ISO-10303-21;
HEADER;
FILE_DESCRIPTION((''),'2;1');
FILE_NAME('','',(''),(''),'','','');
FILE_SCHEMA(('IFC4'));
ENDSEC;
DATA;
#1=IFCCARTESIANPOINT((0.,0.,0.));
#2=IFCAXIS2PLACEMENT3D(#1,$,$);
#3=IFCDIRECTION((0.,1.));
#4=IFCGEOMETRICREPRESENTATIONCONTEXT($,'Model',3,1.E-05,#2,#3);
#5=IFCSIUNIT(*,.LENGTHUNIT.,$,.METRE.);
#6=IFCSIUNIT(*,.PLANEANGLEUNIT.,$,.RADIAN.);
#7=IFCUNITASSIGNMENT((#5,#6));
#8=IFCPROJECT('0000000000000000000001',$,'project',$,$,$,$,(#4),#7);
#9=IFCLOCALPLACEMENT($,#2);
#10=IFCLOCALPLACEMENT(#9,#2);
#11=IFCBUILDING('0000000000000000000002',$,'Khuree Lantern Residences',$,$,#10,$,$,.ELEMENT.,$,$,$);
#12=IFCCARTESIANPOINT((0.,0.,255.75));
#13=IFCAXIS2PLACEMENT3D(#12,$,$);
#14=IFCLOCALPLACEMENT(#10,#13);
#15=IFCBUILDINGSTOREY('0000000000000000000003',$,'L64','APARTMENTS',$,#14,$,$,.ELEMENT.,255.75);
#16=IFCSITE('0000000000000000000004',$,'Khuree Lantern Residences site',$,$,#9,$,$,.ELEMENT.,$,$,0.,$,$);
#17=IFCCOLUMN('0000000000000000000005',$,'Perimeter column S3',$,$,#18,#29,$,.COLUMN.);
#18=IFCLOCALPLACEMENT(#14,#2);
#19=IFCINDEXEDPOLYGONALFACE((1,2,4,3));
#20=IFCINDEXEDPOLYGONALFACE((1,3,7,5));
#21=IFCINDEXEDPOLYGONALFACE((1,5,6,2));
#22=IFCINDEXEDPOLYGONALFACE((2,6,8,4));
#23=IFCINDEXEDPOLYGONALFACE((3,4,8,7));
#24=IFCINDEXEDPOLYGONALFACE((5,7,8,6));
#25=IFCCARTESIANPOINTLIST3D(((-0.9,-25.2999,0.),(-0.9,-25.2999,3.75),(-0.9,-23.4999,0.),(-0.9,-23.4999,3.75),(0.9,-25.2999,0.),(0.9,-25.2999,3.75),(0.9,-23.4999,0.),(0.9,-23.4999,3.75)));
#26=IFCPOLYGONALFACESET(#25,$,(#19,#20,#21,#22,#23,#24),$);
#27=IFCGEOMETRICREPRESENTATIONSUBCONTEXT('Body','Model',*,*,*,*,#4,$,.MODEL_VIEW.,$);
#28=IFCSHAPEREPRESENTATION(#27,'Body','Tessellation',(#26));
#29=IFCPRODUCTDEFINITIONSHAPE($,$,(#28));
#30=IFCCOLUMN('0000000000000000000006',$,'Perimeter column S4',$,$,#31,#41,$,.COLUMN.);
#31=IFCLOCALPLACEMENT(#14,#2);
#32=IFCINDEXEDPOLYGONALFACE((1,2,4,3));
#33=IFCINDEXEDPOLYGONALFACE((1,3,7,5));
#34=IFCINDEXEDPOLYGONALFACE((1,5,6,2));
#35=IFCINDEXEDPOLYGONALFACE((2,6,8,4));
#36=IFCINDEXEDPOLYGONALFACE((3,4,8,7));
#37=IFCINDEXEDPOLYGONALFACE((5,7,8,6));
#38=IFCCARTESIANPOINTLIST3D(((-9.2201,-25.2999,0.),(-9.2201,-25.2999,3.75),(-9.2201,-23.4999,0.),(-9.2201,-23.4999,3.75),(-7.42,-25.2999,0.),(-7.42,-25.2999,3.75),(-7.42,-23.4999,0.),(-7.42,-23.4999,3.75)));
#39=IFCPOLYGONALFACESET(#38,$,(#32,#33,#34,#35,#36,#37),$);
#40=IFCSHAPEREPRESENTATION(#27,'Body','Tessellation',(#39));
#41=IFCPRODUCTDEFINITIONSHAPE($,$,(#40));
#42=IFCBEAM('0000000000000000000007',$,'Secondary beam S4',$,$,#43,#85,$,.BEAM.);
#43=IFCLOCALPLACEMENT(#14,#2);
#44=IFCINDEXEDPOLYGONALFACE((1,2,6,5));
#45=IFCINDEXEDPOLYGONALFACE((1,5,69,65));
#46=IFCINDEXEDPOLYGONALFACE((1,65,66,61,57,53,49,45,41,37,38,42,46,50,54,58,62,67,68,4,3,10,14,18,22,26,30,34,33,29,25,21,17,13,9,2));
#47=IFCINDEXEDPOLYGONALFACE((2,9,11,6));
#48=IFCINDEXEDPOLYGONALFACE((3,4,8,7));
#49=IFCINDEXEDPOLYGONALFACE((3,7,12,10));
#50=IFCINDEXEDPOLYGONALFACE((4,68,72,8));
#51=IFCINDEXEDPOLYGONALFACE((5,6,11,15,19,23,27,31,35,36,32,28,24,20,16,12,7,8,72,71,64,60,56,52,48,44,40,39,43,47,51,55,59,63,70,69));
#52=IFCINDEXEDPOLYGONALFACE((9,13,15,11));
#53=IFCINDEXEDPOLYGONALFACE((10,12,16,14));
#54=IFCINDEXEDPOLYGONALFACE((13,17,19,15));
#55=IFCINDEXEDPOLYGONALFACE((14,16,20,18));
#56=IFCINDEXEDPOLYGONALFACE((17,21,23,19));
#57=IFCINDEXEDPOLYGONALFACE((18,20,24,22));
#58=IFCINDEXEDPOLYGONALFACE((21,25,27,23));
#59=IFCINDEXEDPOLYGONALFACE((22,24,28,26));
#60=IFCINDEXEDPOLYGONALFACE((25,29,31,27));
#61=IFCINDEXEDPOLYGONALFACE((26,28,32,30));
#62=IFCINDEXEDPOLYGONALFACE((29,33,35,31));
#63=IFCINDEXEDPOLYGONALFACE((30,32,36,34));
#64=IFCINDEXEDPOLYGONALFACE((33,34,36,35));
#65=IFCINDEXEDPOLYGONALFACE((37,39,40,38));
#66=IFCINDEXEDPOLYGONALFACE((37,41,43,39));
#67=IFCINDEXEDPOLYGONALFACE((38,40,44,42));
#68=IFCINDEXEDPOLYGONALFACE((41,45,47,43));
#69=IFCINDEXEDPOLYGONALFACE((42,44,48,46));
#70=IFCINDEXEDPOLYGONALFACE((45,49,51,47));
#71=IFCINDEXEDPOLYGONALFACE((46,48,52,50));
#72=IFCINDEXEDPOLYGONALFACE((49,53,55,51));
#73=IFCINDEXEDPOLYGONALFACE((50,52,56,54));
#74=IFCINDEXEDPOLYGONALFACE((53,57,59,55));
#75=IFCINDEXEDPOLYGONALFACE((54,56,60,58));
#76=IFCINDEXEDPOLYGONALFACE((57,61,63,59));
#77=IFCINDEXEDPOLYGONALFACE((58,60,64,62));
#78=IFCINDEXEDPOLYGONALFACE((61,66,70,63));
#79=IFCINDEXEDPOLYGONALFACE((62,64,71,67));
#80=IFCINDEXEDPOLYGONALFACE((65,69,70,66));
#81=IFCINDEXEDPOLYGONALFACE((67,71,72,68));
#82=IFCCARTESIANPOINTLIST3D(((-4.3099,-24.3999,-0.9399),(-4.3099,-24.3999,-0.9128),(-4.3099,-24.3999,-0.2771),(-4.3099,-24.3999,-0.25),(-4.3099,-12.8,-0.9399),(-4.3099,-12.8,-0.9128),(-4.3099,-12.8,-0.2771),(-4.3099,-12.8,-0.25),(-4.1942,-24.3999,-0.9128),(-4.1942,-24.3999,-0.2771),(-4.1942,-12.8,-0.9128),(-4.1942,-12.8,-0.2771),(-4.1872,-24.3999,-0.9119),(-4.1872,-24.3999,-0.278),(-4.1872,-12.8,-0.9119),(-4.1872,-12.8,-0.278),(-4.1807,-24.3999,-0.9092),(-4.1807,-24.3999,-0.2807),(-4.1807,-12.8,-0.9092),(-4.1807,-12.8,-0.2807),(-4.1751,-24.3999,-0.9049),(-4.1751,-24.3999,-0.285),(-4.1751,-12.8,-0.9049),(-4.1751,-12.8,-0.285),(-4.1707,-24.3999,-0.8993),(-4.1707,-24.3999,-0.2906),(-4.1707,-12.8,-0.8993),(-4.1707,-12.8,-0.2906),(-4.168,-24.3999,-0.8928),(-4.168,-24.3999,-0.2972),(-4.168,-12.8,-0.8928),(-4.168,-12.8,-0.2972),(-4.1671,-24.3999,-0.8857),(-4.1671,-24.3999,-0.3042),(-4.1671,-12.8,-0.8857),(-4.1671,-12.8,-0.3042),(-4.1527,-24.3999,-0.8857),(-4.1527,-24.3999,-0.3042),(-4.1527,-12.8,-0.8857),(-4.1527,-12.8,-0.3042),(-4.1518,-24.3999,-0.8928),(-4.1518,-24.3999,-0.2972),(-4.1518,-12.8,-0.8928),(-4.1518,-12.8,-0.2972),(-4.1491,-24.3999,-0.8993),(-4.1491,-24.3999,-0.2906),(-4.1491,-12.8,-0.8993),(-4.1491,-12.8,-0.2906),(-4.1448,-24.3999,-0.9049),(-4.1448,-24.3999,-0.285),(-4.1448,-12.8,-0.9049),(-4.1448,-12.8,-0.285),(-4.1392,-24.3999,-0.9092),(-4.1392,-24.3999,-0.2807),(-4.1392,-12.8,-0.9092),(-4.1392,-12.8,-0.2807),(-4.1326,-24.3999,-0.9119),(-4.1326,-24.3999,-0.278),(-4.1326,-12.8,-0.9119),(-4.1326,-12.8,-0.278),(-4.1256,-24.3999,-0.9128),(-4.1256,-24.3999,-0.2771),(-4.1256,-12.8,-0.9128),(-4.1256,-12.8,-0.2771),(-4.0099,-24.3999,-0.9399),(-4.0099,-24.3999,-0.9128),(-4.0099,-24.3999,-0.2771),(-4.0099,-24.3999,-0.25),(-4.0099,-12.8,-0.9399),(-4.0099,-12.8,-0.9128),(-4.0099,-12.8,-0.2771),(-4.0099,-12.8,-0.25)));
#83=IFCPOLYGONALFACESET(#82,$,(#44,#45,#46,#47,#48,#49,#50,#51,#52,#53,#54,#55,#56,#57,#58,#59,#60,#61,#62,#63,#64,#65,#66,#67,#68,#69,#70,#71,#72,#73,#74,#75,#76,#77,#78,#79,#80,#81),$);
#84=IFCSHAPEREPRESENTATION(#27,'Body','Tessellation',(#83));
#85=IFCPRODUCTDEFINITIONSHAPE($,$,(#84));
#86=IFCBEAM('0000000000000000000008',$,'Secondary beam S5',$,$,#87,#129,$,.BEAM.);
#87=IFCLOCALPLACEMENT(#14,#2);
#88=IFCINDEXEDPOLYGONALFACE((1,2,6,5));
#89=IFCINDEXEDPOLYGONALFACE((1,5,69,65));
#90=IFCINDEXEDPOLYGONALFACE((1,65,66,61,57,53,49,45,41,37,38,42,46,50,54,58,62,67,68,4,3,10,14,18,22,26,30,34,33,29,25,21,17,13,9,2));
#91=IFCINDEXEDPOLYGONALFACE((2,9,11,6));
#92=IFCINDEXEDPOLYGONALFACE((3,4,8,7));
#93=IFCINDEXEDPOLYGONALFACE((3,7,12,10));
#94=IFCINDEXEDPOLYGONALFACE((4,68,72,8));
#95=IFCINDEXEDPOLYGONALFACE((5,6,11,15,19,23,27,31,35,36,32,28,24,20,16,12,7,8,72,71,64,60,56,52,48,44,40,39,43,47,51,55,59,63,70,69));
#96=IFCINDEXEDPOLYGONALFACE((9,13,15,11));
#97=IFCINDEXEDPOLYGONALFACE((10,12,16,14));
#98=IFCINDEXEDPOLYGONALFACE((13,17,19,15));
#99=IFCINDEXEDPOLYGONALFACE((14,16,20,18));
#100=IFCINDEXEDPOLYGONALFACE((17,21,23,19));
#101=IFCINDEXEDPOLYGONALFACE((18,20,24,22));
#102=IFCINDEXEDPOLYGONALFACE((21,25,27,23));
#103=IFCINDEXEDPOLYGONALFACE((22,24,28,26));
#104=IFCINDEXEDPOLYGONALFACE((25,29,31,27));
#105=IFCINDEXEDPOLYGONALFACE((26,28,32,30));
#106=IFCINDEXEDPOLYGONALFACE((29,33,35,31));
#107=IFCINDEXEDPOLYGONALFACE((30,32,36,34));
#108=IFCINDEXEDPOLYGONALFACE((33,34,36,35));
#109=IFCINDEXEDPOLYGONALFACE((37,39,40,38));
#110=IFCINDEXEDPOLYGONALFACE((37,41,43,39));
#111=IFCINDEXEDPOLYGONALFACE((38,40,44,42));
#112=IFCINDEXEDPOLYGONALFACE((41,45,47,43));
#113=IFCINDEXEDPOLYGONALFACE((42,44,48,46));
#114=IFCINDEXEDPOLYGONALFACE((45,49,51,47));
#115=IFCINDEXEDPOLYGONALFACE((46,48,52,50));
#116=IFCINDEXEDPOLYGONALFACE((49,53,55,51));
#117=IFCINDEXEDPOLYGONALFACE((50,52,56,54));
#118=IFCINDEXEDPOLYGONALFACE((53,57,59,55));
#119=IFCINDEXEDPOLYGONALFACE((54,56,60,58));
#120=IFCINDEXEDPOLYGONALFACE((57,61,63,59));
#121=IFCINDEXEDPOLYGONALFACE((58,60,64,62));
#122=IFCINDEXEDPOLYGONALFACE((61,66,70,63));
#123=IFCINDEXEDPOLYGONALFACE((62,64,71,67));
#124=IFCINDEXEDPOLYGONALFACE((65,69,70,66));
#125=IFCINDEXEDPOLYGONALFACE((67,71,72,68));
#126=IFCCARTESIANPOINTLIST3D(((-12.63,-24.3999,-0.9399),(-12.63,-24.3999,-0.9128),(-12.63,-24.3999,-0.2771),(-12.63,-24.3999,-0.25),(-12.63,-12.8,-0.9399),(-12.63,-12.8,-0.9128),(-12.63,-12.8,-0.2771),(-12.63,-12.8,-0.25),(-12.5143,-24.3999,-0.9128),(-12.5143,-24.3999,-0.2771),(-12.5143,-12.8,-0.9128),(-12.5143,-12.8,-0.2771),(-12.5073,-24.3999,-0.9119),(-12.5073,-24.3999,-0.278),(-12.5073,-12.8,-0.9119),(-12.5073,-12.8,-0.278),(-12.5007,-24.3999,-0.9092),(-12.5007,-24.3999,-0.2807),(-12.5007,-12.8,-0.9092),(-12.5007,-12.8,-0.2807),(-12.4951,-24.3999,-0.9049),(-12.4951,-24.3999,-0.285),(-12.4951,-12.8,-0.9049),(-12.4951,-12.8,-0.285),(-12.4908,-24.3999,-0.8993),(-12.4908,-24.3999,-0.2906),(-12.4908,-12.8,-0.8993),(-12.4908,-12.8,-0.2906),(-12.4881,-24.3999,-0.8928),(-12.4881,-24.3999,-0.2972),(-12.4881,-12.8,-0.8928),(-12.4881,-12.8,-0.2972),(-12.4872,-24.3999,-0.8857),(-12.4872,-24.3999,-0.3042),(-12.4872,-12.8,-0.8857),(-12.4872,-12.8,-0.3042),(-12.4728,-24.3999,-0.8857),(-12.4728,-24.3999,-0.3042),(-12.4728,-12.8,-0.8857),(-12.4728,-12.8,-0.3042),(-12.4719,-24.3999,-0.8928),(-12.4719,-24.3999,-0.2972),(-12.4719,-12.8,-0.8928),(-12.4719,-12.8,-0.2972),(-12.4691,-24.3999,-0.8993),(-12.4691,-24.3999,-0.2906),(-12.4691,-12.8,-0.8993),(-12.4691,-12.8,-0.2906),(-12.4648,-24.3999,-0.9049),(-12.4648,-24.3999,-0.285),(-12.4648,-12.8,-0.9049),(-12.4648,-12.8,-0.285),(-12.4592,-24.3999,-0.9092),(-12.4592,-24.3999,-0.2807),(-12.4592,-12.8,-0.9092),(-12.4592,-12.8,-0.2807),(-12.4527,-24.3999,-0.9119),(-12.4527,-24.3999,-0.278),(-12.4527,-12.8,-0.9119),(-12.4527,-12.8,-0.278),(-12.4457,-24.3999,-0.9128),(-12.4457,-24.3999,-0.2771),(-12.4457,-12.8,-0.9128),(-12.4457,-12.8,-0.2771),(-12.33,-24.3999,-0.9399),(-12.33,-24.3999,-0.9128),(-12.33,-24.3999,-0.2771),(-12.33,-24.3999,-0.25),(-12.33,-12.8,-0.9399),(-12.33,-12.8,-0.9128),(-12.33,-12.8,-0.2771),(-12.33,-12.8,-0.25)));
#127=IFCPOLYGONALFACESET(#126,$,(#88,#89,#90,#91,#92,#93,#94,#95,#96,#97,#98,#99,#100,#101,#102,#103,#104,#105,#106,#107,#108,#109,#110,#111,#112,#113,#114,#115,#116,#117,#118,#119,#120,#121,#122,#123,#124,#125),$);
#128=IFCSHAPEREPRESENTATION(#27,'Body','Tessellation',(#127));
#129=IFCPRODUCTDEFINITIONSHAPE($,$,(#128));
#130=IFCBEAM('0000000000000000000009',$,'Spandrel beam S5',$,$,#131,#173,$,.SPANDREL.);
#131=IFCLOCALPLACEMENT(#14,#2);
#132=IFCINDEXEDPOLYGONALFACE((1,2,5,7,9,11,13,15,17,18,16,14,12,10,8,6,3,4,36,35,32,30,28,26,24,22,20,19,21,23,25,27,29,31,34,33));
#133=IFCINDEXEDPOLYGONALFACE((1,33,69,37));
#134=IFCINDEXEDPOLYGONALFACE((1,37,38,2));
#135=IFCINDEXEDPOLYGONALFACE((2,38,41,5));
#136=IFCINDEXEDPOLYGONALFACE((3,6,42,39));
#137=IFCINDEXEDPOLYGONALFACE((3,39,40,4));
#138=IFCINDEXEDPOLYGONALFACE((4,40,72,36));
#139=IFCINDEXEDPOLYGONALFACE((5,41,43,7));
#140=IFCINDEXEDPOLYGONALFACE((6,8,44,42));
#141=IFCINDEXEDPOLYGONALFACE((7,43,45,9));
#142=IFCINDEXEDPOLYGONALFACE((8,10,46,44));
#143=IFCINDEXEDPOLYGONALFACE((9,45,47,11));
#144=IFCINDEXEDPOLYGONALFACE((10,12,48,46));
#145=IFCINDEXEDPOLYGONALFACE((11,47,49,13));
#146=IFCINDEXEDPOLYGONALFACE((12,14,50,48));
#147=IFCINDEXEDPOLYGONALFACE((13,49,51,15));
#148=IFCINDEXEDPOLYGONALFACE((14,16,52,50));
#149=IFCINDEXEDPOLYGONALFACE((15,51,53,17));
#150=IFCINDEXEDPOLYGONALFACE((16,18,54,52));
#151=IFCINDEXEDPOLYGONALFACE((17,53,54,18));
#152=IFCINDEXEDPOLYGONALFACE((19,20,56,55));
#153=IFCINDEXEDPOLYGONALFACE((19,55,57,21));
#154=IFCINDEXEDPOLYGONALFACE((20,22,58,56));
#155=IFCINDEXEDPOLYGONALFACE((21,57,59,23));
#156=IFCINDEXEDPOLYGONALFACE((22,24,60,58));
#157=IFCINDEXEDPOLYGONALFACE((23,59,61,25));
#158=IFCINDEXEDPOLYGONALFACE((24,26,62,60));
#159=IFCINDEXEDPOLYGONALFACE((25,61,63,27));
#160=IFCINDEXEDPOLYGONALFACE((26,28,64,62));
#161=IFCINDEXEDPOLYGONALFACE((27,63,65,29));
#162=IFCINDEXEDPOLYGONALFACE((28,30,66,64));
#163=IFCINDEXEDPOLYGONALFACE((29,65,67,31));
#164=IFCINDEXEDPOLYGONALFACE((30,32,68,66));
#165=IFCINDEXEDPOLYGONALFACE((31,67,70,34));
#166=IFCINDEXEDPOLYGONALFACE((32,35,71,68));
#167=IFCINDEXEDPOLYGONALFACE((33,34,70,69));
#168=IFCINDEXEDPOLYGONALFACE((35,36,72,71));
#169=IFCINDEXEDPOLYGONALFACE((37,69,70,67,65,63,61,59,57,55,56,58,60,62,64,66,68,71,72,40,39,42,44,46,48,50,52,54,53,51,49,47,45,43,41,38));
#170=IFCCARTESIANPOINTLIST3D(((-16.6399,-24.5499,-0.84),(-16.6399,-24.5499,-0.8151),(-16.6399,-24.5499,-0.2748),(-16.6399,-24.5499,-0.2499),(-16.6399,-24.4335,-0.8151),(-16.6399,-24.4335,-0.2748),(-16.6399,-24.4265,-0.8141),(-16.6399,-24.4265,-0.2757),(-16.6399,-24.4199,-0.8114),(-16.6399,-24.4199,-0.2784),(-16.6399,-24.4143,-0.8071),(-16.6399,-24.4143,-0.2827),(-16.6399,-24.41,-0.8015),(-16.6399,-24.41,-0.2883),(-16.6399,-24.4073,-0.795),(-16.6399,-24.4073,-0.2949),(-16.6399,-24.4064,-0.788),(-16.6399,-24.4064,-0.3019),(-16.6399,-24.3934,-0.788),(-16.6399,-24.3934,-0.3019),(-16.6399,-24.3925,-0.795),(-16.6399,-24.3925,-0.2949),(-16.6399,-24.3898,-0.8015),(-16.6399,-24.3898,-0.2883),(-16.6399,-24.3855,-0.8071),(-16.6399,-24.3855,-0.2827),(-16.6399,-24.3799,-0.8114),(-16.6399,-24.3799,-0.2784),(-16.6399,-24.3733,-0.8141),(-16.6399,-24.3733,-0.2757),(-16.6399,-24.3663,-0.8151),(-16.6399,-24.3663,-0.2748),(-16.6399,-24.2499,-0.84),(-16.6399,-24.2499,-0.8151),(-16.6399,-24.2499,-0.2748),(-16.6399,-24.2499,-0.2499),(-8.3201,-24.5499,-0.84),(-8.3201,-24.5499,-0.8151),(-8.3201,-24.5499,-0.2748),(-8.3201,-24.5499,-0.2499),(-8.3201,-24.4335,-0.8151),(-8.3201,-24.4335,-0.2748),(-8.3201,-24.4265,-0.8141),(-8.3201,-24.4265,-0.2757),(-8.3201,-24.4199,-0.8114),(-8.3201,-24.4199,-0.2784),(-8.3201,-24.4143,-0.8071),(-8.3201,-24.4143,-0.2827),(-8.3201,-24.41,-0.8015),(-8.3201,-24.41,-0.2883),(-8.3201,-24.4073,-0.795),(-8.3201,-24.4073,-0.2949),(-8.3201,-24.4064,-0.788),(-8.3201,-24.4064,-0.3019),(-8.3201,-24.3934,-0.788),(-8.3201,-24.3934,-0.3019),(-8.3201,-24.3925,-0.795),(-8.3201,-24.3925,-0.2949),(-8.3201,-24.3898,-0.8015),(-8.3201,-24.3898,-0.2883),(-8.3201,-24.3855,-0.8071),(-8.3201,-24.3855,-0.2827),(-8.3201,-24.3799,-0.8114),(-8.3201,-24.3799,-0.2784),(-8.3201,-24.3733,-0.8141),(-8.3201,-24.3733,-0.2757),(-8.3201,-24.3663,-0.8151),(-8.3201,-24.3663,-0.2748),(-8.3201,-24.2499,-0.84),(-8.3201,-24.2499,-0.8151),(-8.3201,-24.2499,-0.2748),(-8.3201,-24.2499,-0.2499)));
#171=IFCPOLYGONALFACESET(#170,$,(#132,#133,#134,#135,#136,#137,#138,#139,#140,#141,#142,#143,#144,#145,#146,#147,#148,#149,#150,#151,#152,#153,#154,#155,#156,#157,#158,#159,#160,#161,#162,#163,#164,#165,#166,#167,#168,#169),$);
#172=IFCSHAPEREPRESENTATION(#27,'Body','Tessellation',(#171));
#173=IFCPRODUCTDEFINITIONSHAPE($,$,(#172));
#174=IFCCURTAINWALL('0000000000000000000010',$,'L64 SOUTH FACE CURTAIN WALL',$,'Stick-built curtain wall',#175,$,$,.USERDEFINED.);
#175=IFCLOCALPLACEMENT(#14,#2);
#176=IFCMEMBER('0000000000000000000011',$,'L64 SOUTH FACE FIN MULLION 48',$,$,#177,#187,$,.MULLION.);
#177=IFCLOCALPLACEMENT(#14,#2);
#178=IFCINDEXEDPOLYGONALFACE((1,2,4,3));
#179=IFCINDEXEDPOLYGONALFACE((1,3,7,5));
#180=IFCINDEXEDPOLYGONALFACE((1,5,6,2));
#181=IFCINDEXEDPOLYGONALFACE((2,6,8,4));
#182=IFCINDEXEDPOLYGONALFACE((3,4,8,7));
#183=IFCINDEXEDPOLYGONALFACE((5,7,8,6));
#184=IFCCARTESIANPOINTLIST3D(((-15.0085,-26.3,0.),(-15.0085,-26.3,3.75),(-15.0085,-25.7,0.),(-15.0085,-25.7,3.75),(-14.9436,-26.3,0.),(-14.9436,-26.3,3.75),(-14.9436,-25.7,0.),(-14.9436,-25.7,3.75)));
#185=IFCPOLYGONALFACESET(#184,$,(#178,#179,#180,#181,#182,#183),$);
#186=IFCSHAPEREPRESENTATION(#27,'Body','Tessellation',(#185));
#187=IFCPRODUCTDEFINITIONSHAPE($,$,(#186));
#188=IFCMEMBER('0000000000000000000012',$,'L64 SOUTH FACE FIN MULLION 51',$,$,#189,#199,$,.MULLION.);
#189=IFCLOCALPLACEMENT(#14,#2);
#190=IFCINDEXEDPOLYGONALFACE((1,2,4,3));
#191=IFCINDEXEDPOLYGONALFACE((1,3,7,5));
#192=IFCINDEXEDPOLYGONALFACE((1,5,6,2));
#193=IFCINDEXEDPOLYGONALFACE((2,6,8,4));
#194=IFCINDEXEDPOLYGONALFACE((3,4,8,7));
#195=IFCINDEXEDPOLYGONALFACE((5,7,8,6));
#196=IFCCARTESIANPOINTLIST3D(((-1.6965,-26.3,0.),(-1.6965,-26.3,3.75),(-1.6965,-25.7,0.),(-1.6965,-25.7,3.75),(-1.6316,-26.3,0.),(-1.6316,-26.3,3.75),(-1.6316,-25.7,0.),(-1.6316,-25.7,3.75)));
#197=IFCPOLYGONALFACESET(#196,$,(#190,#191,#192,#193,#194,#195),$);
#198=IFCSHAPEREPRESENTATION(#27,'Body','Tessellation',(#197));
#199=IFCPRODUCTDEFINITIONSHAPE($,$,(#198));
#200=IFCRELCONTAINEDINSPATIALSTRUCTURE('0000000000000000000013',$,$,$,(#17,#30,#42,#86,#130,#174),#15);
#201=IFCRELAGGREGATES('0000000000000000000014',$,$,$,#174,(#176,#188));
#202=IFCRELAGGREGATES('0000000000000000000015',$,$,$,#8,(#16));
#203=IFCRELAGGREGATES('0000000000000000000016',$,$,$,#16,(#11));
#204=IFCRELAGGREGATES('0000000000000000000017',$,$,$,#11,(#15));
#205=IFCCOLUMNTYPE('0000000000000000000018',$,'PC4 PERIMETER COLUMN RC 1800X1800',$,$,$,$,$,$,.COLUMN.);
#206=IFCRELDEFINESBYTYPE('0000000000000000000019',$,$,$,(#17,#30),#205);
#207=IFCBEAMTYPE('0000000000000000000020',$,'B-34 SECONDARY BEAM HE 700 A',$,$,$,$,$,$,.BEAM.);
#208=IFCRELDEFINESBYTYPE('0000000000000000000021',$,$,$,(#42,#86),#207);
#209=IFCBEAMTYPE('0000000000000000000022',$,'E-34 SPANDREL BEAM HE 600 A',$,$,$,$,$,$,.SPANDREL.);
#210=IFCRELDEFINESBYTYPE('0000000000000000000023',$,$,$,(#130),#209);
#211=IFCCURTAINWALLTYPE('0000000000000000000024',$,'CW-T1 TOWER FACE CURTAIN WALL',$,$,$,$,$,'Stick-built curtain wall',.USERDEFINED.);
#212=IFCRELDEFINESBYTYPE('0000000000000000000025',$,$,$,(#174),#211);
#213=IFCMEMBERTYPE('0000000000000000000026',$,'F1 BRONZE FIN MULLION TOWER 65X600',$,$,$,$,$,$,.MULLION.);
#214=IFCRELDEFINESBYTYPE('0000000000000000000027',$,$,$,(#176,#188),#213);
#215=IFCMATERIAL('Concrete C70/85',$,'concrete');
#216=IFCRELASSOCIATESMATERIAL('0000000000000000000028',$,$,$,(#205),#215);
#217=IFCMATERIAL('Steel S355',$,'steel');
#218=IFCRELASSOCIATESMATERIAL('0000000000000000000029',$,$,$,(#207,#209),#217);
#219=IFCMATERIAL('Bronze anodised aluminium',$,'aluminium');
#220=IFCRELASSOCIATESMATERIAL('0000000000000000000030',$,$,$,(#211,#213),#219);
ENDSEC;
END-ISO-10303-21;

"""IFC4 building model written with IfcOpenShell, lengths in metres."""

from ifc_helpers import new_model, si_unit, direction, frame, origin, origin_2d, place, context, subcontext, project, spatial, rectangle, i_section, extrude, material, material_profile, profile_set, type_object, element, aggregate, save


model = new_model("IFC4")

# Units and contexts
model_context = context("Model", 3, precision=1e-05, world=origin(), true_north=direction((0.0, 1.0)))
body_context = subcontext(model_context, "Body", "Model", "MODEL_VIEW")
ifc_project = project(units=[si_unit("LENGTHUNIT", "METRE"), si_unit("PLANEANGLEUNIT", "RADIAN")], contexts=[model_context])

# Site, building, storey
site_placement = place(None, origin())
site = spatial("IfcSite", under=ifc_project, at=site_placement, Name="Khuree Lantern Residences site", CompositionType="ELEMENT", RefElevation=0.0)
building_placement = place(site_placement, origin())
building = spatial("IfcBuilding", under=site, at=building_placement, Name="Khuree Lantern Residences", CompositionType="ELEMENT")
storey_placement = place(building_placement, frame((0.0, 0.0, 255.75)))
storey = spatial("IfcBuildingStorey", under=building, at=storey_placement, Name="L64", Description="APARTMENTS", CompositionType="ELEMENT", Elevation=255.75)

# Columns
ifc_material_1 = material(Name="Concrete C70/85", Category="concrete")
ifc_material_profile_1 = material_profile(ifc_material_1, rectangle(XDim=1.8, YDim=1.8, at=origin_2d()), Name="RC 1800X1800")
ifc_profile_set_1 = profile_set([ifc_material_profile_1], Name="Concrete C70/85")
column_type = type_object("IfcColumnType", Name="PC4 PERIMETER COLUMN RC 1800X1800", PredefinedType="COLUMN", material=ifc_profile_set_1)
for number, where, z_axis, x_axis, name in (
    (1, (0.0, -24.3999, 0.0), (0.0, 0.0, 1.0), (1.0, 0.0, 0.0), "Perimeter column S3"),
    (2, (-8.3201, -24.3999, 0.0), (0.0, 0.0, 1.0), (1.0, 0.0, 0.0), "Perimeter column S4"),
):
    element("IfcColumn", number, at=place(storey_placement, frame(where, z_axis=z_axis, x_axis=x_axis)), inside=storey, type_object=column_type, Name=name, PredefinedType="COLUMN", context=body_context, shape_type="SweptSolid", body=[
        extrude(rectangle(XDim=1.8, YDim=1.8, at=origin_2d()), origin(), (0.0, 0.0, 1.0), 3.75),
    ])

# Beams
ifc_material_2 = material(Name="Steel S355", Category="steel")
ifc_material_profile_2 = material_profile(ifc_material_2, i_section(OverallWidth=0.3, OverallDepth=0.6899, WebThickness=0.0144, FlangeThickness=0.0271, FilletRadius=0.0271, at=origin_2d()), Name="HE 700 A")
ifc_profile_set_2 = profile_set([ifc_material_profile_2], Name="Steel S355")
beam_type_1 = type_object("IfcBeamType", Name="B-34 SECONDARY BEAM HE 700 A", PredefinedType="BEAM", material=ifc_profile_set_2)
for number, where, z_axis, x_axis, name in (
    (3, (-4.1599, -24.3999, -0.595), (0.0, 1.0, 0.0), (-1.0, 0.0, 0.0), "Secondary beam S4"),
    (4, (-12.48, -24.3999, -0.595), (0.0, 1.0, 0.0), (-1.0, 0.0, 0.0), "Secondary beam S5"),
):
    element("IfcBeam", number, at=place(storey_placement, frame(where, z_axis=z_axis, x_axis=x_axis)), inside=storey, type_object=beam_type_1, Name=name, PredefinedType="BEAM", context=body_context, shape_type="SweptSolid", body=[
        extrude(i_section(OverallWidth=0.3, OverallDepth=0.6899, WebThickness=0.0144, FlangeThickness=0.0271, FilletRadius=0.0271, at=origin_2d()), origin(), (0.0, 0.0, 1.0), 11.5999),
    ])
ifc_material_profile_3 = material_profile(ifc_material_2, i_section(OverallWidth=0.3, OverallDepth=0.5901, WebThickness=0.0129, FlangeThickness=0.0249, FilletRadius=0.0271, at=origin_2d()), Name="HE 600 A")
ifc_profile_set_3 = profile_set([ifc_material_profile_3], Name="Steel S355")
beam_type_2 = type_object("IfcBeamType", Name="E-34 SPANDREL BEAM HE 600 A", PredefinedType="SPANDREL", material=ifc_profile_set_3)
beam_placement = place(storey_placement, frame((-8.3201, -24.3999, -0.5449), z_axis=(-1.0, 0.0, 0.0), x_axis=(0.0, -1.0, 0.0)))
element("IfcBeam", 5, at=beam_placement, inside=storey, type_object=beam_type_2, Name="Spandrel beam S5", PredefinedType="SPANDREL", context=body_context, shape_type="SweptSolid", body=[
    extrude(i_section(OverallWidth=0.3, OverallDepth=0.5901, WebThickness=0.0129, FlangeThickness=0.0249, FilletRadius=0.0271, at=origin_2d()), origin(), (0.0, 0.0, 1.0), 8.3198),
])

# Curtain wall, members
ifc_material_3 = material(Name="Bronze anodised aluminium", Category="aluminium")
curtain_wall_type = type_object("IfcCurtainWallType", Name="CW-T1 TOWER FACE CURTAIN WALL", ElementType="Stick-built curtain wall", PredefinedType="USERDEFINED", material=ifc_material_3)
curtain_wall_placement = place(storey_placement, origin())
curtain_wall = element("IfcCurtainWall", 6, at=curtain_wall_placement, inside=storey, type_object=curtain_wall_type, Name="L64 SOUTH FACE CURTAIN WALL", ObjectType="Stick-built curtain wall", PredefinedType="USERDEFINED")
ifc_material_profile_4 = material_profile(ifc_material_3, rectangle(XDim=0.0649, YDim=0.6001, at=origin_2d()), Name="F1 65X600")
ifc_profile_set_4 = profile_set([ifc_material_profile_4], Name="Bronze anodised aluminium")
member_type_1 = type_object("IfcMemberType", Name="F1 BRONZE FIN MULLION TOWER 65X600", PredefinedType="MULLION", material=ifc_profile_set_4)
member_1_placement = place(storey_placement, frame((-14.9761, -26.0, 0.0), z_axis=(0.0, 0.0, 1.0), x_axis=(1.0, 0.0, 0.0)))
member_1 = element("IfcMember", 7, at=member_1_placement, type_object=member_type_1, Name="L64 SOUTH FACE FIN MULLION 48", PredefinedType="MULLION", context=body_context, shape_type="SweptSolid", body=[
    extrude(rectangle(XDim=0.0649, YDim=0.6001, at=origin_2d()), origin(), (0.0, 0.0, 1.0), 3.75),
])
member_2_placement = place(storey_placement, frame((-1.6641, -26.0, 0.0), z_axis=(0.0, 0.0, 1.0), x_axis=(1.0, 0.0, 0.0)))
member_2 = element("IfcMember", 8, at=member_2_placement, type_object=member_type_1, Name="L64 SOUTH FACE FIN MULLION 51", PredefinedType="MULLION", context=body_context, shape_type="SweptSolid", body=[
    extrude(rectangle(XDim=0.0649, YDim=0.6001, at=origin_2d()), origin(), (0.0, 0.0, 1.0), 3.75),
])

aggregate(curtain_wall, [member_1, member_2])

save(model, "model.ifc")
